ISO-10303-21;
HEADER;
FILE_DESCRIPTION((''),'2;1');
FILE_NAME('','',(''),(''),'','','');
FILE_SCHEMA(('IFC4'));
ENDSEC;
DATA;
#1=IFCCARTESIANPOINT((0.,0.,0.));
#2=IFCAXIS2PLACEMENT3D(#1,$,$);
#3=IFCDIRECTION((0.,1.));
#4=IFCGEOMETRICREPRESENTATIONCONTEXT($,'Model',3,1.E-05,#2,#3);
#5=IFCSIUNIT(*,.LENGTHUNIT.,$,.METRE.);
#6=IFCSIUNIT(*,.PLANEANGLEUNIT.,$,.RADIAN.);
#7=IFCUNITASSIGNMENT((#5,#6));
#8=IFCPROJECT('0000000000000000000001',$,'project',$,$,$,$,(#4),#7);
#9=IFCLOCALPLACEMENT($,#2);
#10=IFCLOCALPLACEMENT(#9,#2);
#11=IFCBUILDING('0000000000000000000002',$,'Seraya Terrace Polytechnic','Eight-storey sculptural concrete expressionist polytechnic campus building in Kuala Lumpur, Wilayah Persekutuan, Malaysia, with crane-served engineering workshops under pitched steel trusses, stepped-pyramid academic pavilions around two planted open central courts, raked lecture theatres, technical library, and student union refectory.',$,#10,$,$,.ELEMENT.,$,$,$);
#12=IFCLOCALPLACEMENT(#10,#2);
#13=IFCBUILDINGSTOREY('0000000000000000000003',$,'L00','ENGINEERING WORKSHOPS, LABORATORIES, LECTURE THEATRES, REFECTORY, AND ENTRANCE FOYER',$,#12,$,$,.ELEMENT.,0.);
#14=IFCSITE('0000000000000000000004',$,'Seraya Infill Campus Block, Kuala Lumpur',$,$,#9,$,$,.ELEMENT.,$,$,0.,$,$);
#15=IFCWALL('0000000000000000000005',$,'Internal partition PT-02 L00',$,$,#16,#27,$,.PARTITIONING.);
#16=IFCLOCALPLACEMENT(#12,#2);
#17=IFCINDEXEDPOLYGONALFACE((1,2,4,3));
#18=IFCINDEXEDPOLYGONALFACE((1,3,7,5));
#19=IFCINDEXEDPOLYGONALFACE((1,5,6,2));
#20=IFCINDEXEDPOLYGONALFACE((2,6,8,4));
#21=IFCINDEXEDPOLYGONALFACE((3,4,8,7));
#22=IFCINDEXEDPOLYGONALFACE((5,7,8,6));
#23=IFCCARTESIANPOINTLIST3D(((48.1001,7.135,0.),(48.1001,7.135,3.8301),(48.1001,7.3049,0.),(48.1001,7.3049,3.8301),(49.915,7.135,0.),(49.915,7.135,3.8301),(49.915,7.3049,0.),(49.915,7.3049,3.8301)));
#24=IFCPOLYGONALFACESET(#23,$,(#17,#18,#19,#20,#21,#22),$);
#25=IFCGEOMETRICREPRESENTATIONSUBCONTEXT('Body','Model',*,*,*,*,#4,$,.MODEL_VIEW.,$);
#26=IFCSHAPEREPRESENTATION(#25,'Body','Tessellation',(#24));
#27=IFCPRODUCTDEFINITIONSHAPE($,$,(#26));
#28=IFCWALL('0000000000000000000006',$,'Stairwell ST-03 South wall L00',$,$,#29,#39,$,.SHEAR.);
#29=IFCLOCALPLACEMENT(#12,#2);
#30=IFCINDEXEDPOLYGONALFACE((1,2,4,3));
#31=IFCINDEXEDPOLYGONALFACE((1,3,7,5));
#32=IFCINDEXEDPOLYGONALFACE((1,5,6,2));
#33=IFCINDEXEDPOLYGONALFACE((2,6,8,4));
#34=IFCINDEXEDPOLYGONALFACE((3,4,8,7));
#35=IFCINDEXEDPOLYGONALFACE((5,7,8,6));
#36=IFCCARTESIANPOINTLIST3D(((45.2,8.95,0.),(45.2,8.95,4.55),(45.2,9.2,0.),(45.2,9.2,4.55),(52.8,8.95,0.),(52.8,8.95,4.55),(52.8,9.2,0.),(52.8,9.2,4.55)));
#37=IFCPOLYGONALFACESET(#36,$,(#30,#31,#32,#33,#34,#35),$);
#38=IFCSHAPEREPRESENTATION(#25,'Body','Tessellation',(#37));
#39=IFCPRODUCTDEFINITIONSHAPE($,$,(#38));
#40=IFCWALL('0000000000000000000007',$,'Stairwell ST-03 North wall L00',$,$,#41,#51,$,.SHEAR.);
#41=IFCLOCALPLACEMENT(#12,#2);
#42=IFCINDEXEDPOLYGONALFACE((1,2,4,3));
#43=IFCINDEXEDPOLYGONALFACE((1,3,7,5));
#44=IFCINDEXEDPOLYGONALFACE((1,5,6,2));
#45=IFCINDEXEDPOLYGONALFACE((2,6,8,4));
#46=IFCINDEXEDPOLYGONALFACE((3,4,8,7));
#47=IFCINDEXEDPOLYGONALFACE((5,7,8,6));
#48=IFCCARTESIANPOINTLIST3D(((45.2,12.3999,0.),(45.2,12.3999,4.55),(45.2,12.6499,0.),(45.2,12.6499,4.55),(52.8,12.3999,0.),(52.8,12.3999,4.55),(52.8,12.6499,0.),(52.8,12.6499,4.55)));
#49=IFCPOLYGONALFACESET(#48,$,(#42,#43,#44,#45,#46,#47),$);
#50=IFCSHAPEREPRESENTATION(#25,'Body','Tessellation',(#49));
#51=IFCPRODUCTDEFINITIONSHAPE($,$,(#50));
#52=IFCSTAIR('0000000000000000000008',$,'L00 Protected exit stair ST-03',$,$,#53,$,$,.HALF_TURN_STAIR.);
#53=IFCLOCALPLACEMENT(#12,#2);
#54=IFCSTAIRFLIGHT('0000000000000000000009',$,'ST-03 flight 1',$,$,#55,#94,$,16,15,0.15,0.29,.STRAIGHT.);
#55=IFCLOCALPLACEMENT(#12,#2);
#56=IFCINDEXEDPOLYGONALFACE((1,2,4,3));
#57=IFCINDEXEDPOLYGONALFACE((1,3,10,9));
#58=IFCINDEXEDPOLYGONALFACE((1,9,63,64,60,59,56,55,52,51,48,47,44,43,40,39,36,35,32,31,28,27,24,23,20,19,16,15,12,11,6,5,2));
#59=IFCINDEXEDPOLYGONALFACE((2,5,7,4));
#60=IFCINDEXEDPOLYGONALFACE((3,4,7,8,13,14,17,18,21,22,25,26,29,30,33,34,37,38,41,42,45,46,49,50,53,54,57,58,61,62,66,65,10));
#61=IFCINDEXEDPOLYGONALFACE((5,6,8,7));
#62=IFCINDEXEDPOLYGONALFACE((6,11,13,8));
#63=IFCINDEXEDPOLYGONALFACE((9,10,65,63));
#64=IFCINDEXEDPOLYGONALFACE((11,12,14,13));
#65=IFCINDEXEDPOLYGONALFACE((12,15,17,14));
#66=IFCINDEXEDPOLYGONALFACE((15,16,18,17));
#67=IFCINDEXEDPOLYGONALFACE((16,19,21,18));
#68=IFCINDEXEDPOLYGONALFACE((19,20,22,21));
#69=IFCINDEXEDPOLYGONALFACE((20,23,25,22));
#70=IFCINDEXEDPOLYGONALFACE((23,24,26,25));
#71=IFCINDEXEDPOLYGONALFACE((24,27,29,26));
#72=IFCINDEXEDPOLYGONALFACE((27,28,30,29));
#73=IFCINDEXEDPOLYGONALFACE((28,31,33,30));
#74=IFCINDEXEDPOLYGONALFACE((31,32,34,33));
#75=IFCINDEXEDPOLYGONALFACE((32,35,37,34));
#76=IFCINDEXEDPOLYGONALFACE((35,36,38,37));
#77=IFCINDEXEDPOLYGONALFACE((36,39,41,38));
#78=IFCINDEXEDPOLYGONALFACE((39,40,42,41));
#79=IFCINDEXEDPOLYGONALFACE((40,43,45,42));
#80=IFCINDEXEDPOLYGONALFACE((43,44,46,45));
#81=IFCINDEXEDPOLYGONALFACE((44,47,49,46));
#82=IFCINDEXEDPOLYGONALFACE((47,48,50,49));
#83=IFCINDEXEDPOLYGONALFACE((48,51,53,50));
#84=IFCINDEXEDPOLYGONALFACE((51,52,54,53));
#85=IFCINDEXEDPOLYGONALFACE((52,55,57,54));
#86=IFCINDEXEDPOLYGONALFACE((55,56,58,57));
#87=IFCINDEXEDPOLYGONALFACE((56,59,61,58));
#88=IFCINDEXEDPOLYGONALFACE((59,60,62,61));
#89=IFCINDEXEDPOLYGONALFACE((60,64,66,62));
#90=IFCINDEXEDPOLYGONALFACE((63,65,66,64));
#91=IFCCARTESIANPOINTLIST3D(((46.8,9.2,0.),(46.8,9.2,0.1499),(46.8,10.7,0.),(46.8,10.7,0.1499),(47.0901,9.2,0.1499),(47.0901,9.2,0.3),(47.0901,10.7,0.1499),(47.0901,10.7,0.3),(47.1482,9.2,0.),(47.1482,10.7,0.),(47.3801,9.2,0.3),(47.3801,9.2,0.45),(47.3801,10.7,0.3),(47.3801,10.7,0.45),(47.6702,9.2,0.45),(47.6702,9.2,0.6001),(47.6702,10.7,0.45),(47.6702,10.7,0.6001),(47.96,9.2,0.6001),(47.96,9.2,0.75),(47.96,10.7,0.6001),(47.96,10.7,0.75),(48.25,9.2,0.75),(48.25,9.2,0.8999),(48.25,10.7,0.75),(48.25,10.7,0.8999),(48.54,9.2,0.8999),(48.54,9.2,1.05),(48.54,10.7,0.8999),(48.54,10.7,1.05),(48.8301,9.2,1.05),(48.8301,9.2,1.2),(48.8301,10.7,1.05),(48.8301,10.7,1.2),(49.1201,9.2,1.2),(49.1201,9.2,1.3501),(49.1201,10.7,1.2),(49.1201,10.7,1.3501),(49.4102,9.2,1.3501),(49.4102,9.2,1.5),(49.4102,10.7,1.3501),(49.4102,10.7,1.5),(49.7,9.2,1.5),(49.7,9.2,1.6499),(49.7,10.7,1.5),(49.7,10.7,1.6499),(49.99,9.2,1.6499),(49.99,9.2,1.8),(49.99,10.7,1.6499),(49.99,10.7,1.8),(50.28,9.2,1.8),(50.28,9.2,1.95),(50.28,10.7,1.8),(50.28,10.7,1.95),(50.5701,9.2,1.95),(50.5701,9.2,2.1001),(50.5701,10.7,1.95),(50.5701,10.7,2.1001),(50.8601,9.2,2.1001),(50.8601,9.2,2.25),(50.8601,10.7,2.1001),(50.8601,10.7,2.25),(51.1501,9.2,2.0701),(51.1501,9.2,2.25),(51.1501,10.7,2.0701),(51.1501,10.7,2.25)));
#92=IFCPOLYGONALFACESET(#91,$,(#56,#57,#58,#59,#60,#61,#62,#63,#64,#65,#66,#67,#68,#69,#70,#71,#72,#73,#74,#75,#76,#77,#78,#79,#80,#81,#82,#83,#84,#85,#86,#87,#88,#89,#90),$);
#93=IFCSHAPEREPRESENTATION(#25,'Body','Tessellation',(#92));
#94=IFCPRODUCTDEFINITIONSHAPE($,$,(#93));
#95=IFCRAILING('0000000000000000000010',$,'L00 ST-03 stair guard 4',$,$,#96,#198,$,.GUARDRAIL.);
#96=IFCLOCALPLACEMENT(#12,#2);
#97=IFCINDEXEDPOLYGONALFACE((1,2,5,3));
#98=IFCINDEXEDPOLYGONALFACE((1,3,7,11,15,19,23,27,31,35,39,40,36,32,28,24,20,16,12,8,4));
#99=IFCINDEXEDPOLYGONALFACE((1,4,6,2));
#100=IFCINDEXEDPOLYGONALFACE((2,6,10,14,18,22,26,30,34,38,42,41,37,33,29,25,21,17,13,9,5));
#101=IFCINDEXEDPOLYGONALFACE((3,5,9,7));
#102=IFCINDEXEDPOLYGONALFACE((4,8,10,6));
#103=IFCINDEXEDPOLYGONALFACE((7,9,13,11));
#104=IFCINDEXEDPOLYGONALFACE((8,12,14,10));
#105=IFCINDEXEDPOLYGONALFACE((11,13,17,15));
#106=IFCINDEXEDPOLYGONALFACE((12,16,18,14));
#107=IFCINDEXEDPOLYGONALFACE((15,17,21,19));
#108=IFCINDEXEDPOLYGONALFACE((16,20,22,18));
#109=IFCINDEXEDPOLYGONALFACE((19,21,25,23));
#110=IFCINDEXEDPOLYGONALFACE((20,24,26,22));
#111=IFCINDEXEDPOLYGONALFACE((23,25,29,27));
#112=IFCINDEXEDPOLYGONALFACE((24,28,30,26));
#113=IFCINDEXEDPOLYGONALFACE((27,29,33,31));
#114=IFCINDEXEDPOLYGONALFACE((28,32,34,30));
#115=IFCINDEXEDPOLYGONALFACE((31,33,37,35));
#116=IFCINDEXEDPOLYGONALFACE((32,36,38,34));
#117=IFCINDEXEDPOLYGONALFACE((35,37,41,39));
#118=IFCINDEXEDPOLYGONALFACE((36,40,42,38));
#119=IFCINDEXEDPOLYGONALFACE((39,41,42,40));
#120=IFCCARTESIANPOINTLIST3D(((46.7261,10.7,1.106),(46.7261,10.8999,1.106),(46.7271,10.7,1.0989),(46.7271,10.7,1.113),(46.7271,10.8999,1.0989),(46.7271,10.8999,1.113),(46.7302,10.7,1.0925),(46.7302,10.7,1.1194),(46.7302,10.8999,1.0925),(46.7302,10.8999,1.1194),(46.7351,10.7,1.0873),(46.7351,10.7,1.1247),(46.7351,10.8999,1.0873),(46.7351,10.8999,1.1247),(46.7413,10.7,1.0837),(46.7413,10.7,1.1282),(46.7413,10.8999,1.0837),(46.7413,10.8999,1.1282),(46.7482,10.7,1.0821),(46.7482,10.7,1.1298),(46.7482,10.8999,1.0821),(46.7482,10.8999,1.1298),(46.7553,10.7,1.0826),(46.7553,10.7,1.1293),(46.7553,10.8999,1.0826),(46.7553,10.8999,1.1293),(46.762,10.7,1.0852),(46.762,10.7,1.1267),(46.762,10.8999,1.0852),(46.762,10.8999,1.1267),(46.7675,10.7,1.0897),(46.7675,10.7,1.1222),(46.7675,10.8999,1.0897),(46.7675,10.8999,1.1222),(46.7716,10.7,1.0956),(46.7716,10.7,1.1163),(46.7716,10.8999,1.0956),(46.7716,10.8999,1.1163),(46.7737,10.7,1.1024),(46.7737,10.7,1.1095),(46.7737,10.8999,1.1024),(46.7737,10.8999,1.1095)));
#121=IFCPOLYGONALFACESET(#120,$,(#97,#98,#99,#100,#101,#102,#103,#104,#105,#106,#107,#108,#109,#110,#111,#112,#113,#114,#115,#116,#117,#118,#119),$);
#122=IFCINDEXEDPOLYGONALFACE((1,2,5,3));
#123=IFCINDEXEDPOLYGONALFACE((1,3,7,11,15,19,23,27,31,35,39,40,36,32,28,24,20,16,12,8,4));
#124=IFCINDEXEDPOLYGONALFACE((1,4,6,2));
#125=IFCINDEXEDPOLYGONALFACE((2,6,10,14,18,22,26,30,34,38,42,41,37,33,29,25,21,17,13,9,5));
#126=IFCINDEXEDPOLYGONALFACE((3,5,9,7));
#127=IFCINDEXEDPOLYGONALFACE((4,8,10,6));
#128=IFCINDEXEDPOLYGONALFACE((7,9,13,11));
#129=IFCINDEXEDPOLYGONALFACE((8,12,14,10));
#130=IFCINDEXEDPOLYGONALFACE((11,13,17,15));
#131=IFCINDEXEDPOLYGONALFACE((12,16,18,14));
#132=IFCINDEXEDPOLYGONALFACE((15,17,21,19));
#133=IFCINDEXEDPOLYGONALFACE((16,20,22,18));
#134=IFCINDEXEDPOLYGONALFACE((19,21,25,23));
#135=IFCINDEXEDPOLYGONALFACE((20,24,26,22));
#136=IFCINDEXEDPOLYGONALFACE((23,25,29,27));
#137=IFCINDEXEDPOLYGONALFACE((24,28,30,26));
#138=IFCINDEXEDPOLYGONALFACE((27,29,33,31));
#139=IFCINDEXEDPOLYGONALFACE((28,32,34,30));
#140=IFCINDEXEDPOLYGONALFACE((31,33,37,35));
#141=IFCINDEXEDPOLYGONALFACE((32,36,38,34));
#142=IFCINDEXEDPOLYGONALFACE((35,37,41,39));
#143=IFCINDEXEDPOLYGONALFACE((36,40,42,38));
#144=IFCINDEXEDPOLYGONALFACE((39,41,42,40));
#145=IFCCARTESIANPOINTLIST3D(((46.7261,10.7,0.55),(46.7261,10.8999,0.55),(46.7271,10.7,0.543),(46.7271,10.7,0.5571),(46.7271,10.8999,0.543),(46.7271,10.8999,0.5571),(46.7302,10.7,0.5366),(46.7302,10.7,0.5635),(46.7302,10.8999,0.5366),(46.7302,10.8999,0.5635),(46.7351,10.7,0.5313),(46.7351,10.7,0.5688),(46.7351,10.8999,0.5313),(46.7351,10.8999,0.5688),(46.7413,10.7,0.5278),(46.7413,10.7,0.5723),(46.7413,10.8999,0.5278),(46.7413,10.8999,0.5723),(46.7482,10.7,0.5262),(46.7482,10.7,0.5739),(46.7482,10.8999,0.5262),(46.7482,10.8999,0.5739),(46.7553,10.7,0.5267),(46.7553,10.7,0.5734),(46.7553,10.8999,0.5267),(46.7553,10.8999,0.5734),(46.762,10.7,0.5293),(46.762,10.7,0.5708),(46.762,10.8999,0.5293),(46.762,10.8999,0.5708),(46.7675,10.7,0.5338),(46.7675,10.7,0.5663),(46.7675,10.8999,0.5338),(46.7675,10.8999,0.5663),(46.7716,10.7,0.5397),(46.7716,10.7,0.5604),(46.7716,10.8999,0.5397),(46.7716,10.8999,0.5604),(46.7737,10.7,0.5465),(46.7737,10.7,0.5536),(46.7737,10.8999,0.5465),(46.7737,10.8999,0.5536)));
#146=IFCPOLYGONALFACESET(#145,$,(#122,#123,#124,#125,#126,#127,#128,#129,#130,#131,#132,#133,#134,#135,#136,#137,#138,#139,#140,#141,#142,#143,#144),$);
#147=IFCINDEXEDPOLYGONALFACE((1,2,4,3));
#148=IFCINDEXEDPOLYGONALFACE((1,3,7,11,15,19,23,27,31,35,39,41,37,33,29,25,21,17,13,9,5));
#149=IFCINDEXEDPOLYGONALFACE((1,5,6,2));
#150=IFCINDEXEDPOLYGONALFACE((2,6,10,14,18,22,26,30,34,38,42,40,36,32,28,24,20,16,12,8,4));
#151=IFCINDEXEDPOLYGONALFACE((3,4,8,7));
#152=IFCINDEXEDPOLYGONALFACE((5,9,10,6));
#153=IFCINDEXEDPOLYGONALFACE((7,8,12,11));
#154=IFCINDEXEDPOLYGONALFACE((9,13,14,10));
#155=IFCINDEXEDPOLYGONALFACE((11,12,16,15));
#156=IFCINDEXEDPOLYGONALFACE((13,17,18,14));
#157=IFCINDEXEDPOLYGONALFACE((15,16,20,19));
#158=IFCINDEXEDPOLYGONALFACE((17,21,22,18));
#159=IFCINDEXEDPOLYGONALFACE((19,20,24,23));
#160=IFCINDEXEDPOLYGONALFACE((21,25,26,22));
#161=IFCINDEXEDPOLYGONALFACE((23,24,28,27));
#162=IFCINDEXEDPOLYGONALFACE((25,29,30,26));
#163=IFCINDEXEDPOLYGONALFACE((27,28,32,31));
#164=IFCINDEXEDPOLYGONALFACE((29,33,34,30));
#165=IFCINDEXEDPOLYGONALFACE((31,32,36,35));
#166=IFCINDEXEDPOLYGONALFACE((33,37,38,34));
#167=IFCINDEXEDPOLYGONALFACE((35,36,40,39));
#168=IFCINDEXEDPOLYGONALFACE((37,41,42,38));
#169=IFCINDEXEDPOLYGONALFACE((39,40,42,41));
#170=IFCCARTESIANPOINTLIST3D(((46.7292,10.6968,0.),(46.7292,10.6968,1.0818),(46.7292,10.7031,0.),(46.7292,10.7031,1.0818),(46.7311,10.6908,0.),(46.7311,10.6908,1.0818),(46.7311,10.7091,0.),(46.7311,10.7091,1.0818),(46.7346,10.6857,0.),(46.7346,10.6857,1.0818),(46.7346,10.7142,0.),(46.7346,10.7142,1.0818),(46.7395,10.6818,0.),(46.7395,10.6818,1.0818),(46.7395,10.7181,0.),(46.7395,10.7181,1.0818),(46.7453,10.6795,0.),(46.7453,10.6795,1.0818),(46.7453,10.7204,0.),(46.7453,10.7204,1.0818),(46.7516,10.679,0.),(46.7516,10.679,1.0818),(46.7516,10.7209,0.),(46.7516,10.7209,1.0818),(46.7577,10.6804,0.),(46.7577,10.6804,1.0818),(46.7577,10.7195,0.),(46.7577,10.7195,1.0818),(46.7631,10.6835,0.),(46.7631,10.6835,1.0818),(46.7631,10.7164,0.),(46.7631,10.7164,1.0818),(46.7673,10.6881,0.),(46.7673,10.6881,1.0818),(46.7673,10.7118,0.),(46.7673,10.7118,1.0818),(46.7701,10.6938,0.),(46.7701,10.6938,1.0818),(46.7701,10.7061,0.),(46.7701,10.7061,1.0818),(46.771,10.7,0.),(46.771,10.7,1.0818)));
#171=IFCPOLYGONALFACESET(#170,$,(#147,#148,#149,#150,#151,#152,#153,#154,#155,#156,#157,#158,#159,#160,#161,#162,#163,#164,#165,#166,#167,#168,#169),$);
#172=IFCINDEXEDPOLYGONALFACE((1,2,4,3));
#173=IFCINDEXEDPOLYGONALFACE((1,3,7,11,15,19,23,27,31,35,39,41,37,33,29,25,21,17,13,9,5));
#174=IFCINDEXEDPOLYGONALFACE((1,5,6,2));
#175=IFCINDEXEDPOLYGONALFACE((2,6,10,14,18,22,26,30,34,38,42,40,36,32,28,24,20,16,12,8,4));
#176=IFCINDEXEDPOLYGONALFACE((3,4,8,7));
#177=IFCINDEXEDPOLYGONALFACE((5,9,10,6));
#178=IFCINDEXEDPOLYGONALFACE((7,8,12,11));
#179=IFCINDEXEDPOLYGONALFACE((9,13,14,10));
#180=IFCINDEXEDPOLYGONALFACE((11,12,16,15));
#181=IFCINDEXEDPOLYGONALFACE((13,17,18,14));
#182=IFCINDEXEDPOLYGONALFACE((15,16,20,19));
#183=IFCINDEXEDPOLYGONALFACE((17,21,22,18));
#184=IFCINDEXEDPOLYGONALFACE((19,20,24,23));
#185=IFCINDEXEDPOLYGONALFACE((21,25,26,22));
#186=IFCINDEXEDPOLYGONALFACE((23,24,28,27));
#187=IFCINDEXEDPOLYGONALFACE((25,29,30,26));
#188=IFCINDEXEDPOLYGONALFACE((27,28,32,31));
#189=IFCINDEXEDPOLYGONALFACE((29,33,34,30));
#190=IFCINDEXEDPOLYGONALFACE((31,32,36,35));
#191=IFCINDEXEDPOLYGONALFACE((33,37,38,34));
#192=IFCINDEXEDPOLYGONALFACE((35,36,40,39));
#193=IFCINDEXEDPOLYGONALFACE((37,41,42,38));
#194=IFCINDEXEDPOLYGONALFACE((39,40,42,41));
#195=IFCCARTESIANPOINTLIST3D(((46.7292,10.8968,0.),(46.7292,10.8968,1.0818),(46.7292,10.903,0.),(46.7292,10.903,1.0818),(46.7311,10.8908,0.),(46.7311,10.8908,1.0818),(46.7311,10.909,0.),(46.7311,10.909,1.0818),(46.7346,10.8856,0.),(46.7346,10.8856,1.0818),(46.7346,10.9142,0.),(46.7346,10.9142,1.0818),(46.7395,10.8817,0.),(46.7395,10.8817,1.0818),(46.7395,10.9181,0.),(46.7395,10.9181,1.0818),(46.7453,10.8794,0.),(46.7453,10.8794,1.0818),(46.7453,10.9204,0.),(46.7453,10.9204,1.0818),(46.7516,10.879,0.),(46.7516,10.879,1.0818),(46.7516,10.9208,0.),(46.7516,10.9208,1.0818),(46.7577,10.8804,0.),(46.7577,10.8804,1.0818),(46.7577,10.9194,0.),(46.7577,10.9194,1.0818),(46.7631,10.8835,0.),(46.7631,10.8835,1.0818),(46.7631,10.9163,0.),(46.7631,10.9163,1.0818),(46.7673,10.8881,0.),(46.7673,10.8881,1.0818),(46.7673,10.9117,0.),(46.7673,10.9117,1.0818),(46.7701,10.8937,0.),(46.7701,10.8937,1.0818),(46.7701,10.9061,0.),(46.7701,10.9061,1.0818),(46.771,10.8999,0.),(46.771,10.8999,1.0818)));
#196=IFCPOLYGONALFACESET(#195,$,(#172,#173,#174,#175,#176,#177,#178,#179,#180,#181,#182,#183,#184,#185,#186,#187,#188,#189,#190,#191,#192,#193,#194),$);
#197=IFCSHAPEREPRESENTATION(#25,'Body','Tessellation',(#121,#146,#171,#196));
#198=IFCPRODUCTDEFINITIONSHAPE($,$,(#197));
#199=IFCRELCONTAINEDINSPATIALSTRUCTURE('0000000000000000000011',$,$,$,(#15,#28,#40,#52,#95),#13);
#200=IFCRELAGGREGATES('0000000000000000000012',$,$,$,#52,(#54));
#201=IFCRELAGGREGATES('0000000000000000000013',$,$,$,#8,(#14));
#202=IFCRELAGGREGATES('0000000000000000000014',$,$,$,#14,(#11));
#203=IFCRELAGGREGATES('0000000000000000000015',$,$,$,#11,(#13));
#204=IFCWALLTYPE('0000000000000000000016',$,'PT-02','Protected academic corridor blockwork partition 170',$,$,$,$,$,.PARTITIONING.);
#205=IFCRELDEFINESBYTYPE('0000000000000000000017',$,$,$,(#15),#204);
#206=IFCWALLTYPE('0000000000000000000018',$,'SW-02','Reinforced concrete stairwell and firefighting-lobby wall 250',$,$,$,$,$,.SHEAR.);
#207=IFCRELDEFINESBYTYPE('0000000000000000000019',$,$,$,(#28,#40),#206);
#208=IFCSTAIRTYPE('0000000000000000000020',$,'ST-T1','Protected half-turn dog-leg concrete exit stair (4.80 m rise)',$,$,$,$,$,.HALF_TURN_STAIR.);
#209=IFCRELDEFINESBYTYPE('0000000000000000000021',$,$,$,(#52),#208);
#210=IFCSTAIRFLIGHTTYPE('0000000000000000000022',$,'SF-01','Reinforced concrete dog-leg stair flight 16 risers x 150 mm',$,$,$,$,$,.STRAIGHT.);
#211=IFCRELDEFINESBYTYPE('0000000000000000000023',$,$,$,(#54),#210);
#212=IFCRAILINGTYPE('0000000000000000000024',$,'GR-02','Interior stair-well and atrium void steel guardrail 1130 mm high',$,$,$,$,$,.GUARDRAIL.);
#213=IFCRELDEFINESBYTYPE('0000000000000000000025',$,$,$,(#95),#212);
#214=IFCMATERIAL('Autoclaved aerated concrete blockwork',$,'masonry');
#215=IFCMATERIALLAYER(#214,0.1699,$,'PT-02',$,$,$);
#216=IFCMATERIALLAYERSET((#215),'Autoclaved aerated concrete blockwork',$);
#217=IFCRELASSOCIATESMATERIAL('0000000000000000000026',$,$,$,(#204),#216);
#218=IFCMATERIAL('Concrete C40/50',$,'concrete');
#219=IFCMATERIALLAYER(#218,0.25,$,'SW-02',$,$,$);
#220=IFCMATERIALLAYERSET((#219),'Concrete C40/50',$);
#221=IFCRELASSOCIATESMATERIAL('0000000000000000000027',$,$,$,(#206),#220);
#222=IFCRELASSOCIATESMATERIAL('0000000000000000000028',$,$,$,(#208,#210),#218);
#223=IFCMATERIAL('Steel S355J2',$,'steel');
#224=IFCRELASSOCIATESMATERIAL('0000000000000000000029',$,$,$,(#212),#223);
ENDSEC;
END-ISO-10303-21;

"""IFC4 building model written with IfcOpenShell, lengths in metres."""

from ifc_helpers import new_model, si_unit, direction, frame, frame_2d, origin, origin_2d, place, context, subcontext, project, spatial, polyline, rectangle, circle, outline, extrude, material, layer, layer_set, type_object, element, aggregate, save


model = new_model("IFC4")

# Units and contexts
model_context = context("Model", 3, precision=1e-05, world=origin(), true_north=direction((0.0, 1.0)))
body_context = subcontext(model_context, "Body", "Model", "MODEL_VIEW")
ifc_project = project(units=[si_unit("LENGTHUNIT", "METRE"), si_unit("PLANEANGLEUNIT", "RADIAN")], contexts=[model_context])

# Site, building, storey
site_placement = place(None, origin())
site = spatial("IfcSite", under=ifc_project, at=site_placement, Name="Seraya Infill Campus Block, Kuala Lumpur", CompositionType="ELEMENT", RefElevation=0.0)
building_placement = place(site_placement, origin())
building = spatial("IfcBuilding", under=site, at=building_placement, Name="Seraya Terrace Polytechnic", Description="Eight-storey sculptural concrete expressionist polytechnic campus building in Kuala Lumpur, Wilayah Persekutuan, Malaysia, with crane-served engineering workshops under pitched steel trusses, stepped-pyramid academic pavilions around two planted open central courts, raked lecture theatres, technical library, and student union refectory.", CompositionType="ELEMENT")
storey_placement = place(building_placement, origin())
storey = spatial("IfcBuildingStorey", under=building, at=storey_placement, Name="L00", Description="ENGINEERING WORKSHOPS, LABORATORIES, LECTURE THEATRES, REFECTORY, AND ENTRANCE FOYER", CompositionType="ELEMENT", Elevation=0.0)

# Shared definitions
ifc_material_1 = material(Name="Concrete C40/50", Category="concrete")

# Wall
ifc_material_2 = material(Name="Autoclaved aerated concrete blockwork", Category="masonry")
ifc_layer_1 = layer(ifc_material_2, 0.1699, Name="PT-02")
ifc_layer_set_1 = layer_set([ifc_layer_1], Name="Autoclaved aerated concrete blockwork")
wall_type_1 = type_object("IfcWallType", Name="PT-02", Description="Protected academic corridor blockwork partition 170", PredefinedType="PARTITIONING", material=ifc_layer_set_1)
wall_1_placement = place(storey_placement, frame((48.1001, 7.22, 0.0), z_axis=(0.0, 0.0, 1.0), x_axis=(1.0, 0.0, 0.0)))
element("IfcWall", 1, at=wall_1_placement, inside=storey, type_object=wall_type_1, Name="Internal partition PT-02 L00", PredefinedType="PARTITIONING", context=body_context, shape_type="SweptSolid", body=[
    extrude(rectangle(XDim=1.8149, YDim=0.1699, at=frame_2d((0.9075, 0.0))), origin(), (0.0, 0.0, 1.0), 3.8301),
])

# Shared definitions
ifc_layer_2 = layer(ifc_material_1, 0.25, Name="SW-02")
ifc_layer_set_2 = layer_set([ifc_layer_2], Name="Concrete C40/50")
wall_type_2 = type_object("IfcWallType", Name="SW-02", Description="Reinforced concrete stairwell and firefighting-lobby wall 250", PredefinedType="SHEAR", material=ifc_layer_set_2)
ifc_material_3 = material(Name="Steel S355J2", Category="steel")

# Walls
for number, where, z_axis, x_axis, name in (
    (2, (45.2, 9.075, 0.0), (0.0, 0.0, 1.0), (1.0, 0.0, 0.0), "Stairwell ST-03 South wall L00"),
    (3, (45.2, 12.5249, 0.0), (0.0, 0.0, 1.0), (1.0, 0.0, 0.0), "Stairwell ST-03 North wall L00"),
):
    element("IfcWall", number, at=place(storey_placement, frame(where, z_axis=z_axis, x_axis=x_axis)), inside=storey, type_object=wall_type_2, Name=name, PredefinedType="SHEAR", context=body_context, shape_type="SweptSolid", body=[
        extrude(rectangle(XDim=7.6001, YDim=0.25, at=frame_2d((3.8, 0.0))), origin(), (0.0, 0.0, 1.0), 4.55),
    ])

# Stair, stair flight
stair_type = type_object("IfcStairType", Name="ST-T1", Description="Protected half-turn dog-leg concrete exit stair (4.80 m rise)", PredefinedType="HALF_TURN_STAIR", material=ifc_material_1)
stair_placement = place(storey_placement, origin())
stair = element("IfcStair", 4, at=stair_placement, inside=storey, type_object=stair_type, Name="L00 Protected exit stair ST-03", PredefinedType="HALF_TURN_STAIR")
stair_flight_type = type_object("IfcStairFlightType", Name="SF-01", Description="Reinforced concrete dog-leg stair flight 16 risers x 150 mm", PredefinedType="STRAIGHT", material=ifc_material_1)
stair_flight_placement = place(storey_placement, frame((46.8, 9.95, 0.0), z_axis=(0.0, 0.0, 1.0), x_axis=(1.0, 0.0, 0.0)))
stair_flight = element("IfcStairFlight", 5, at=stair_flight_placement, type_object=stair_flight_type, Name="ST-03 flight 1", NumberOfRisers=16, NumberOfTreads=15, PredefinedType="STRAIGHT", RiserHeight=0.15, TreadLength=0.29, context=body_context, shape_type="SweptSolid", body=[
    extrude(outline(polyline([(0.0, 0.0), (0.0, 0.1499), (0.29, 0.1499), (0.29, 0.3), (0.5801, 0.3), (0.5801, 0.45), (0.8701, 0.45), (0.8701, 0.6001), (1.1599, 0.6001), (1.1599, 0.75), (1.45, 0.75), (1.45, 0.8999), (1.74, 0.8999), (1.74, 1.05), (2.03, 1.05), (2.03, 1.2), (2.3201, 1.2), (2.3201, 1.3501), (2.6101, 1.3501), (2.6101, 1.5), (2.8999, 1.5), (2.8999, 1.6499), (3.1899, 1.6499), (3.1899, 1.8), (3.48, 1.8), (3.48, 1.95), (3.77, 1.95), (3.77, 2.1001), (4.0601, 2.1001), (4.0601, 2.25), (4.3501, 2.25), (4.3501, 2.3999), (4.3501, 2.0701), (0.3481, 0.0), (0.0, 0.0)])), frame((0.0, 0.75, 0.0), z_axis=(0.0, -1.0, 0.0), x_axis=(1.0, 0.0, 0.0)), (0.0, 0.0, 1.0), 1.5),
])
aggregate(stair, [stair_flight])

# Railing
railing_type_1 = type_object("IfcRailingType", Name="GR-02", Description="Interior stair-well and atrium void steel guardrail 1130 mm high", PredefinedType="GUARDRAIL", material=ifc_material_3)
railing_1_placement = place(storey_placement, frame((46.75, 10.7, 0.0)))
element("IfcRailing", 6, at=railing_1_placement, inside=storey, type_object=railing_type_1, Name="L00 ST-03 stair guard 4", PredefinedType="GUARDRAIL", context=body_context, shape_type="SweptSolid", body=[
    extrude(circle(Radius=0.0239, at=origin_2d()), frame((0.0, 0.0, 1.106), z_axis=(0.0, 1.0, 0.0), x_axis=(-1.0, 0.0, 0.0)), (0.0, 0.0, 1.0), 0.2),
    extrude(circle(Radius=0.0239, at=origin_2d()), frame((0.0, 0.0, 0.55), z_axis=(0.0, 1.0, 0.0), x_axis=(-1.0, 0.0, 0.0)), (0.0, 0.0, 1.0), 0.2),
    extrude(circle(Radius=0.021, at=origin_2d()), origin(), (0.0, 0.0, 1.0), 1.0818),
    extrude(circle(Radius=0.021, at=origin_2d()), frame((0.0, 0.2, 0.0)), (0.0, 0.0, 1.0), 1.0818),
])

save(model, "model.ifc")
